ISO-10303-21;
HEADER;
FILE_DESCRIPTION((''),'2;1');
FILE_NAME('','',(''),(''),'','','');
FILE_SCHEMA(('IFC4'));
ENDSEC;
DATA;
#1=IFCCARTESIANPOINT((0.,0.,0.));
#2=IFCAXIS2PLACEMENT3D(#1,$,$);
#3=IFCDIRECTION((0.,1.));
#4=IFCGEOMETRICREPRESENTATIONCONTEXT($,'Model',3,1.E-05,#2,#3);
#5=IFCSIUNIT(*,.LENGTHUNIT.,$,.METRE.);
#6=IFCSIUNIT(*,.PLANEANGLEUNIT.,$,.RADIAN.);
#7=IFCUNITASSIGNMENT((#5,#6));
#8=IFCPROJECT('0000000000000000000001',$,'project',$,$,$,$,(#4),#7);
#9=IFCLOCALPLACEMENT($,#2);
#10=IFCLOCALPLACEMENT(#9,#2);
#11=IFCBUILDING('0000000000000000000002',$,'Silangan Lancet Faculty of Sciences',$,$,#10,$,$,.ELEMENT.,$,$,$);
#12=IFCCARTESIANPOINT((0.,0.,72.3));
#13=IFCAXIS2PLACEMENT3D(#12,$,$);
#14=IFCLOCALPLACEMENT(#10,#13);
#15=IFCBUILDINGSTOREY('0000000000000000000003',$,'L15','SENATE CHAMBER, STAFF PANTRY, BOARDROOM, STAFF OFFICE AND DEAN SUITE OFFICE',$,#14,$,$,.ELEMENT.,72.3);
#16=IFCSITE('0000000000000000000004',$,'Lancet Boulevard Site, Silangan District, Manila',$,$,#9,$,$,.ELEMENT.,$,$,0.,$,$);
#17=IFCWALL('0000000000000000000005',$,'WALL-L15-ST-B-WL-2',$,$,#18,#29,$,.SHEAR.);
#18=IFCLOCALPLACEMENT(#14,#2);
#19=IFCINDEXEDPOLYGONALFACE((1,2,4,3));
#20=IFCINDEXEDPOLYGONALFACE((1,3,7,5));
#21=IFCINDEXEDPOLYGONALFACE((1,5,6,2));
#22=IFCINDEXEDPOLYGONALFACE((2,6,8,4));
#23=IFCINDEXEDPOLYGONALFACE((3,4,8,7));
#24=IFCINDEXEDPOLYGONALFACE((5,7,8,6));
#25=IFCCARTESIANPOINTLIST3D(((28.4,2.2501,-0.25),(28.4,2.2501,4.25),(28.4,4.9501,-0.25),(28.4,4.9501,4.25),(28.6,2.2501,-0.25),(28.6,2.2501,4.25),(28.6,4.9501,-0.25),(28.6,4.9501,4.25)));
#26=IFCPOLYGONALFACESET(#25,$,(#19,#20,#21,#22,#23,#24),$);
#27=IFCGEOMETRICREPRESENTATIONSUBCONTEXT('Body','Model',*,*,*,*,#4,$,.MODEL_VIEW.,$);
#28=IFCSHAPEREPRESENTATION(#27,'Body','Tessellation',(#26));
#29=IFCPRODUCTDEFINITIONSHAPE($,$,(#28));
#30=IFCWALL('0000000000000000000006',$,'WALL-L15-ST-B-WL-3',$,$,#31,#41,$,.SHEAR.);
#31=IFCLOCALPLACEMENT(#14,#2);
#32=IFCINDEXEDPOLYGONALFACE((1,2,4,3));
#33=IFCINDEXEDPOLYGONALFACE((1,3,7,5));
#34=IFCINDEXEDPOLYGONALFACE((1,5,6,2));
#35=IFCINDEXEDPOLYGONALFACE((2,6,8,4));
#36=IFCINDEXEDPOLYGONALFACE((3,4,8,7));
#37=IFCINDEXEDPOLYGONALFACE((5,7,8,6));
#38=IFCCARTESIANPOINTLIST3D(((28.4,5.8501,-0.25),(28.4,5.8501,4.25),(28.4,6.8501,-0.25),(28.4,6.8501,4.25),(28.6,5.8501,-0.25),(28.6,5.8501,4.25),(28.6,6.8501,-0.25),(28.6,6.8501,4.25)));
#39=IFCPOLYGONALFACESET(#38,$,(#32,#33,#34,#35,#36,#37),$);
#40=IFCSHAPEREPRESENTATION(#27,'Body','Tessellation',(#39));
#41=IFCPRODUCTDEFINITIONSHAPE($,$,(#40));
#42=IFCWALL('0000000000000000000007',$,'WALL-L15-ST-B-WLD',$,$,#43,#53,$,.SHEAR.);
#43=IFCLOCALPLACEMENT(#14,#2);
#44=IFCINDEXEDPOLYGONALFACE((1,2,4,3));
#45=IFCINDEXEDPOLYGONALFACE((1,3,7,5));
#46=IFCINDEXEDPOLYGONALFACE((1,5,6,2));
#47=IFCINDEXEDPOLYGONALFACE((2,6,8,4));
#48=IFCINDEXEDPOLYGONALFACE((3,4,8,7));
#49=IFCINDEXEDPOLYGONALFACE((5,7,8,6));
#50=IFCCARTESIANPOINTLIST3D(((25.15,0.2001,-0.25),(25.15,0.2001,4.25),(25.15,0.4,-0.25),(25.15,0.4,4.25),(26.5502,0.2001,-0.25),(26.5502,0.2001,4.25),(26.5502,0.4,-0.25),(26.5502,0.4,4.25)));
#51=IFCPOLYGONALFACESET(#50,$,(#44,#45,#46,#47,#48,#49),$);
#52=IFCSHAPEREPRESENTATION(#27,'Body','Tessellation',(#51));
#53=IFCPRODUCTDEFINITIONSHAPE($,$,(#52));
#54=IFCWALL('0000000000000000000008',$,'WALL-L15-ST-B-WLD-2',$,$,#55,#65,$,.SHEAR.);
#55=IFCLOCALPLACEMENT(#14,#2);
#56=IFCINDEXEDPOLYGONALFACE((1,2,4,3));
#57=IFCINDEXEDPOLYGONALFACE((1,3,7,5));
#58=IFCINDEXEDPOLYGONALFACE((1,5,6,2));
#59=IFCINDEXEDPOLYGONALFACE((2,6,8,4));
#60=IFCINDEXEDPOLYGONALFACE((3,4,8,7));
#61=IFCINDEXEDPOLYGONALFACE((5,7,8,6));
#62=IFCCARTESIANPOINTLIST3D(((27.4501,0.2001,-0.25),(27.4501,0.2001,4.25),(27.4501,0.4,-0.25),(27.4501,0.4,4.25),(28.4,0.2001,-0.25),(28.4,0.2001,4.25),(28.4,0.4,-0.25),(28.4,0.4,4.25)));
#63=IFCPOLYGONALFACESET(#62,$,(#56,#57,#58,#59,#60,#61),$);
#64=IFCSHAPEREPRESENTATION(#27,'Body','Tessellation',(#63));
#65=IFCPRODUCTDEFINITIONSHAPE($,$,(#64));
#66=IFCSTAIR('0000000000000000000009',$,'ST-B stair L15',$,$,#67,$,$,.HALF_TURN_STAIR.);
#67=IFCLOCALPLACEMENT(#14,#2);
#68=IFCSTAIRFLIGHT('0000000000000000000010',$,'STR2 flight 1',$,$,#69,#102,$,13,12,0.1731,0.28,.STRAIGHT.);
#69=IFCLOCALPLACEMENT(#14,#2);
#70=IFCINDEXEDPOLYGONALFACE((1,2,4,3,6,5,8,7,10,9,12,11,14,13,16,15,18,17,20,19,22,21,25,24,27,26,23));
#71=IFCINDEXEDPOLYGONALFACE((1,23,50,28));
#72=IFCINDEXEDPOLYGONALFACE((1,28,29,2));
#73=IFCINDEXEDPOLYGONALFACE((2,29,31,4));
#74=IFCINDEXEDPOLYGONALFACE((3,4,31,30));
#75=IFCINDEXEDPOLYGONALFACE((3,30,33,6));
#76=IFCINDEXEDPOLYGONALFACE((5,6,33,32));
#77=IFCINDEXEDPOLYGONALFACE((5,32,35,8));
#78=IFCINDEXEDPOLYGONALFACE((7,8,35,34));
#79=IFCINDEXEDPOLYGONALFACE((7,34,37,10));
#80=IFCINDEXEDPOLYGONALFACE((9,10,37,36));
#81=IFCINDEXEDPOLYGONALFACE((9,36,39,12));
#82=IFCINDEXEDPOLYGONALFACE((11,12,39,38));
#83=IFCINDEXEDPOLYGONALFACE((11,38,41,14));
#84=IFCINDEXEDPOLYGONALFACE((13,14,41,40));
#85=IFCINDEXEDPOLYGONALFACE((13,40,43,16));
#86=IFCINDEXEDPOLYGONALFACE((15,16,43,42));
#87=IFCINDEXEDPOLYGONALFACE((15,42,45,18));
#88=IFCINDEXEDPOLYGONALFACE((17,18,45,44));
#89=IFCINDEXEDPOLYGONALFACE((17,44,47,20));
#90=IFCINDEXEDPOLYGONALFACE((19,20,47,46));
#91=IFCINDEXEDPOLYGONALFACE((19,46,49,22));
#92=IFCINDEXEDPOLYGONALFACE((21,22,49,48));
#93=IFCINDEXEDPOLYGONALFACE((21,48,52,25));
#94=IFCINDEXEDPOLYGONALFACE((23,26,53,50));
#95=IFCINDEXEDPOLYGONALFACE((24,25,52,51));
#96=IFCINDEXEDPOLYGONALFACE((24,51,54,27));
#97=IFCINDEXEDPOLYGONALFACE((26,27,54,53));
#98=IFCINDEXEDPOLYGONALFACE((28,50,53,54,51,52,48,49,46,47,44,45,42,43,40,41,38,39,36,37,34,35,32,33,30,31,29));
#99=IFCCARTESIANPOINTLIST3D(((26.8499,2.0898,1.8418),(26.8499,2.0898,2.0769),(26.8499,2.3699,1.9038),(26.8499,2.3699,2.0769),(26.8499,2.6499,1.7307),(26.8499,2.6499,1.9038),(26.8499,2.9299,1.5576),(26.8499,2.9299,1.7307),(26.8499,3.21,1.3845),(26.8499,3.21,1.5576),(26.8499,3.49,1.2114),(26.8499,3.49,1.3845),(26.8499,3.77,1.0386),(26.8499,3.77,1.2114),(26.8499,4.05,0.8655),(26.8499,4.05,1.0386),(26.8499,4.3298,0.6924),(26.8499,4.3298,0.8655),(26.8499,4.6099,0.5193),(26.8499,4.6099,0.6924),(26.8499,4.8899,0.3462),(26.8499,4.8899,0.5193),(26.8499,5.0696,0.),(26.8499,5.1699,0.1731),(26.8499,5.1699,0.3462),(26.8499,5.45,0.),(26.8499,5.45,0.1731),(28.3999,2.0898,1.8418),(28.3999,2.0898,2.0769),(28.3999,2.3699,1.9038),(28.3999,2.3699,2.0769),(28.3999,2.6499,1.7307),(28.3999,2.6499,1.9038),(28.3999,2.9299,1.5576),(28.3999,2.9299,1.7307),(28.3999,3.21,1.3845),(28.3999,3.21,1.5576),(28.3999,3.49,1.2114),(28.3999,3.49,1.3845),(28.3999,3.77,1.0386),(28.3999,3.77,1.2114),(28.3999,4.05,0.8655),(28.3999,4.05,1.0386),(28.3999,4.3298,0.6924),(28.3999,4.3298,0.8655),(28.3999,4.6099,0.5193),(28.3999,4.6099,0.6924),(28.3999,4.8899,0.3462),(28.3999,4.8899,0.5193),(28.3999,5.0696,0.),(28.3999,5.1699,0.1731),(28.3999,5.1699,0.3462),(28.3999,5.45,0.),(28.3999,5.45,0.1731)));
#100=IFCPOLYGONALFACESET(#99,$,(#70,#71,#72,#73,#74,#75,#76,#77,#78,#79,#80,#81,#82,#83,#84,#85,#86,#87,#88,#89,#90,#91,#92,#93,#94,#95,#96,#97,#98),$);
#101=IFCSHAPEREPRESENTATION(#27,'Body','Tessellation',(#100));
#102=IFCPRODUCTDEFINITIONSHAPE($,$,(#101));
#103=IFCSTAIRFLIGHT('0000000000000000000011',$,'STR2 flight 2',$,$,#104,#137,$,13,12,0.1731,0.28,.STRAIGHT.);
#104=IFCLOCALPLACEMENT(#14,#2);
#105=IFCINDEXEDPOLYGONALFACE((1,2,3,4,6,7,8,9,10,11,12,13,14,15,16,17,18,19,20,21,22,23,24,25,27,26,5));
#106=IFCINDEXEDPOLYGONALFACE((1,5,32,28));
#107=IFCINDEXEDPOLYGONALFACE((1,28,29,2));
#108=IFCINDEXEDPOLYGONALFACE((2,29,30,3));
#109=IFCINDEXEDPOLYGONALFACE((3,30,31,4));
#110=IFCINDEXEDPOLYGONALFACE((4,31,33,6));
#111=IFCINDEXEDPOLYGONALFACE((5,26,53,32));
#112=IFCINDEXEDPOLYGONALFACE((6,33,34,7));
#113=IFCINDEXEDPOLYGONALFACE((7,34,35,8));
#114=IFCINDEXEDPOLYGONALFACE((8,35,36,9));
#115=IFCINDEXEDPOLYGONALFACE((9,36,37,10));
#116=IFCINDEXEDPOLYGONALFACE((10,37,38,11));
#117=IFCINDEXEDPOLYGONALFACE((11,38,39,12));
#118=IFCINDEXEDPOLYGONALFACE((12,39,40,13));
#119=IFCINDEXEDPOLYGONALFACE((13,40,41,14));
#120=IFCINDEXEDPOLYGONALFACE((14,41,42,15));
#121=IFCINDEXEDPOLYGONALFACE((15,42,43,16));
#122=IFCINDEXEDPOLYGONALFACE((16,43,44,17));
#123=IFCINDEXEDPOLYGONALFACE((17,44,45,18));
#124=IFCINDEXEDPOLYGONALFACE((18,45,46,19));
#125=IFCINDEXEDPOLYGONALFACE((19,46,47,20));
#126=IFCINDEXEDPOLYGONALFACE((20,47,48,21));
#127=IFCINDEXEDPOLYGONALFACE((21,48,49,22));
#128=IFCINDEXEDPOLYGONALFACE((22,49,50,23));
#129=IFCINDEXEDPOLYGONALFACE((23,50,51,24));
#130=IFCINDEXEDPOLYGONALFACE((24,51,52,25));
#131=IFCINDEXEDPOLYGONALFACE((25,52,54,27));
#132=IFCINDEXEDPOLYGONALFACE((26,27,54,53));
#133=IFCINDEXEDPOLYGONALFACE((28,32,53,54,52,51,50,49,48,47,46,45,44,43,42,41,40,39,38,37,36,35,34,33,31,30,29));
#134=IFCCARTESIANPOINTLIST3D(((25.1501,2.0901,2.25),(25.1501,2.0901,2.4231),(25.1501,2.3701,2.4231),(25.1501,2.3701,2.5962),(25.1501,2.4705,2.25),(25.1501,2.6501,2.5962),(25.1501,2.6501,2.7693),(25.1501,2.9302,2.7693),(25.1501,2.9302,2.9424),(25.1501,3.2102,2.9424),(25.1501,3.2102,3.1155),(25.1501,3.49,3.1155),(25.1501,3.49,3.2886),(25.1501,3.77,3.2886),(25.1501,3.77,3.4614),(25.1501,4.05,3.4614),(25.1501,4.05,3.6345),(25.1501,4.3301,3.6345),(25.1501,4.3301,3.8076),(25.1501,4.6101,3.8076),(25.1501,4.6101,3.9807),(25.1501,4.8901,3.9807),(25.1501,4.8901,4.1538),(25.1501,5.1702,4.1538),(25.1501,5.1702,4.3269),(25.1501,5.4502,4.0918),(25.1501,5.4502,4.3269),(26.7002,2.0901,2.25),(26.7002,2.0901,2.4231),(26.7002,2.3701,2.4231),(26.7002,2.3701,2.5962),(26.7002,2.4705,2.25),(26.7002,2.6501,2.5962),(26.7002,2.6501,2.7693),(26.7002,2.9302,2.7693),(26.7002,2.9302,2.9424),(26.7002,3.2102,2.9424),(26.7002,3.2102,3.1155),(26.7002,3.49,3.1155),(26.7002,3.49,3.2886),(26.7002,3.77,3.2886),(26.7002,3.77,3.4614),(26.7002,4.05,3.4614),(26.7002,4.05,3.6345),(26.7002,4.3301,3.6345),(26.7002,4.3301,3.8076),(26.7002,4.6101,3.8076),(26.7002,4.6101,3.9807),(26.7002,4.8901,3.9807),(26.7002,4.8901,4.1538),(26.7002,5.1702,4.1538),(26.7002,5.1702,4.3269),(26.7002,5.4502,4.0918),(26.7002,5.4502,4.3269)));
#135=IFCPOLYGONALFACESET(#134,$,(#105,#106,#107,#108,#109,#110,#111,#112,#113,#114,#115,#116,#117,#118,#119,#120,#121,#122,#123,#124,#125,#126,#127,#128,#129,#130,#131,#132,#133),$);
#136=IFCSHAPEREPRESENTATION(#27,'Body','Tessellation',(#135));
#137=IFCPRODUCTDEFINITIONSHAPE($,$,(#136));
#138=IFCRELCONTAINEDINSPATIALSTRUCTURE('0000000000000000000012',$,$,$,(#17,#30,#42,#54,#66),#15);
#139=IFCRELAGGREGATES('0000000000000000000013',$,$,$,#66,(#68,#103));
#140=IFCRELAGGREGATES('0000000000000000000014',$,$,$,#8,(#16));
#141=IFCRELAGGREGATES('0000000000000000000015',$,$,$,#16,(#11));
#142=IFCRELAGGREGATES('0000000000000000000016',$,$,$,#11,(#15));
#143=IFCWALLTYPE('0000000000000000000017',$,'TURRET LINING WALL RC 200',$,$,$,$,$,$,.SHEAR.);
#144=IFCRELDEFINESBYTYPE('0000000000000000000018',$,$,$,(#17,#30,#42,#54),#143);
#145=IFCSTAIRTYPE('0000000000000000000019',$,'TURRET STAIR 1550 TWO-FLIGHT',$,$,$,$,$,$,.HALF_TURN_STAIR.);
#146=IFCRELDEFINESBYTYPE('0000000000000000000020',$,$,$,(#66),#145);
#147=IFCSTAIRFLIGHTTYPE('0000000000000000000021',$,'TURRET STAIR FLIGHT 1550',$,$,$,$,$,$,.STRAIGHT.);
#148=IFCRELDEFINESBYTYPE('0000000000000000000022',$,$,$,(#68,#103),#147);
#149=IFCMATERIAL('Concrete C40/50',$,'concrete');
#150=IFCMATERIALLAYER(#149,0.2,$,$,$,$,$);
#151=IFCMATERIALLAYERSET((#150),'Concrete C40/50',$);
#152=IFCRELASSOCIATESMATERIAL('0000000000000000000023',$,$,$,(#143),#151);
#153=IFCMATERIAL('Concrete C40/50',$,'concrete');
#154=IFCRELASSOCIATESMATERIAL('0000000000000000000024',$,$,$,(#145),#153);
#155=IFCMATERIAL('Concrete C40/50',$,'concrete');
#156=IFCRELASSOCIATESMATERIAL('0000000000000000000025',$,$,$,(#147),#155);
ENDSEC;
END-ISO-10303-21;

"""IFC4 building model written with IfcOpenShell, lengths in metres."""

from ifc_helpers import new_model, si_unit, direction, frame, frame_2d, origin, place, context, subcontext, project, spatial, polyline, rectangle, outline, extrude, material, layer, layer_set, type_object, element, aggregate, save


model = new_model("IFC4")

# Units and contexts
model_context = context("Model", 3, precision=1e-05, world=origin(), true_north=direction((0.0, 1.0)))
body_context = subcontext(model_context, "Body", "Model", "MODEL_VIEW")
ifc_project = project(units=[si_unit("LENGTHUNIT", "METRE"), si_unit("PLANEANGLEUNIT", "RADIAN")], contexts=[model_context])

# Site, building, storey
site_placement = place(None, origin())
site = spatial("IfcSite", under=ifc_project, at=site_placement, Name="Lancet Boulevard Site, Silangan District, Manila", CompositionType="ELEMENT", RefElevation=0.0)
building_placement = place(site_placement, origin())
building = spatial("IfcBuilding", under=site, at=building_placement, Name="Silangan Lancet Faculty of Sciences", CompositionType="ELEMENT")
storey_placement = place(building_placement, frame((0.0, 0.0, 72.3)))
storey = spatial("IfcBuildingStorey", under=building, at=storey_placement, Name="L15", Description="SENATE CHAMBER, STAFF PANTRY, BOARDROOM, STAFF OFFICE AND DEAN SUITE OFFICE", CompositionType="ELEMENT", Elevation=72.3)

# Walls
ifc_material_1 = material(Name="Concrete C40/50", Category="concrete")
ifc_layer_1 = layer(ifc_material_1, 0.2)
ifc_layer_set_1 = layer_set([ifc_layer_1], Name="Concrete C40/50")
wall_type_1 = type_object("IfcWallType", Name="TURRET LINING WALL RC 200", PredefinedType="SHEAR", material=ifc_layer_set_1)
wall_1_placement = place(storey_placement, frame((28.5, 2.25, -0.25), z_axis=(0.0, 0.0, 1.0), x_axis=(0.0, 1.0, 0.0)))
element("IfcWall", 1, at=wall_1_placement, inside=storey, type_object=wall_type_1, Name="WALL-L15-ST-B-WL-2", PredefinedType="SHEAR", context=body_context, shape_type="SweptSolid", body=[
    extrude(rectangle(XDim=2.7, YDim=0.2, at=frame_2d((1.3501, 0.0))), origin(), (0.0, 0.0, 1.0), 4.5),
])
wall_2_placement = place(storey_placement, frame((28.5, 5.8501, -0.25), z_axis=(0.0, 0.0, 1.0), x_axis=(0.0, 1.0, 0.0)))
element("IfcWall", 2, at=wall_2_placement, inside=storey, type_object=wall_type_1, Name="WALL-L15-ST-B-WL-3", PredefinedType="SHEAR", context=body_context, shape_type="SweptSolid", body=[
    extrude(rectangle(XDim=1.0, YDim=0.2, at=frame_2d((0.5, 0.0))), origin(), (0.0, 0.0, 1.0), 4.5),
])
wall_3_placement = place(storey_placement, frame((25.1499, 0.3, -0.25), z_axis=(0.0, 0.0, 1.0), x_axis=(1.0, 0.0, 0.0)))
element("IfcWall", 3, at=wall_3_placement, inside=storey, type_object=wall_type_1, Name="WALL-L15-ST-B-WLD", PredefinedType="SHEAR", context=body_context, shape_type="SweptSolid", body=[
    extrude(rectangle(XDim=1.4001, YDim=0.2, at=frame_2d((0.7002, 0.0))), origin(), (0.0, 0.0, 1.0), 4.5),
])
wall_4_placement = place(storey_placement, frame((27.45, 0.3, -0.25), z_axis=(0.0, 0.0, 1.0), x_axis=(1.0, 0.0, 0.0)))
element("IfcWall", 4, at=wall_4_placement, inside=storey, type_object=wall_type_1, Name="WALL-L15-ST-B-WLD-2", PredefinedType="SHEAR", context=body_context, shape_type="SweptSolid", body=[
    extrude(rectangle(XDim=0.95, YDim=0.2, at=frame_2d((0.4751, 0.0))), origin(), (0.0, 0.0, 1.0), 4.5),
])

# Stair, stair flights
ifc_material_2 = material(Name="Concrete C40/50", Category="concrete")
stair_type = type_object("IfcStairType", Name="TURRET STAIR 1550 TWO-FLIGHT", PredefinedType="HALF_TURN_STAIR", material=ifc_material_2)
stair_placement = place(storey_placement, origin())
stair = element("IfcStair", 5, at=stair_placement, inside=storey, type_object=stair_type, Name="ST-B stair L15", PredefinedType="HALF_TURN_STAIR")
ifc_material_3 = material(Name="Concrete C40/50", Category="concrete")
stair_flight_type = type_object("IfcStairFlightType", Name="TURRET STAIR FLIGHT 1550", PredefinedType="STRAIGHT", material=ifc_material_3)
stair_flight_1_placement = place(storey_placement, frame((27.625, 5.45, 0.0), z_axis=(0.0, 0.0, 1.0), x_axis=(0.0, -1.0, 0.0)))
stair_flight_1 = element("IfcStairFlight", 6, at=stair_flight_1_placement, type_object=stair_flight_type, Name="STR2 flight 1", NumberOfRisers=13, NumberOfTreads=12, PredefinedType="STRAIGHT", RiserHeight=0.1731, TreadLength=0.28, context=body_context, shape_type="SweptSolid", body=[
    extrude(outline(polyline([(0.0, 0.0), (0.0, 0.1731), (0.28, 0.1731), (0.28, 0.3462), (0.5601, 0.3462), (0.5601, 0.5193), (0.8401, 0.5193), (0.8401, 0.6924), (1.1201, 0.6924), (1.1201, 0.8655), (1.3999, 0.8655), (1.3999, 1.0386), (1.6799, 1.0386), (1.6799, 1.2114), (1.96, 1.2114), (1.96, 1.3845), (2.24, 1.3845), (2.24, 1.5576), (2.52, 1.5576), (2.52, 1.7307), (2.8, 1.7307), (2.8, 1.9038), (3.0801, 1.9038), (3.0801, 2.0769), (3.3601, 2.0769), (3.3601, 2.25), (3.3601, 1.8418), (0.3804, 0.0), (0.0, 0.0)])), frame((0.0, 0.7749, 0.0), z_axis=(0.0, -1.0, 0.0), x_axis=(1.0, 0.0, 0.0)), (0.0, 0.0, 1.0), 1.55),
])
stair_flight_2_placement = place(storey_placement, frame((25.925, 2.0901, 2.25), z_axis=(0.0, 0.0, 1.0), x_axis=(0.0, 1.0, 0.0)))
stair_flight_2 = element("IfcStairFlight", 7, at=stair_flight_2_placement, type_object=stair_flight_type, Name="STR2 flight 2", NumberOfRisers=13, NumberOfTreads=12, PredefinedType="STRAIGHT", RiserHeight=0.1731, TreadLength=0.28, context=body_context, shape_type="SweptSolid", body=[
    extrude(outline(polyline([(0.0, 0.0), (0.0, 0.1731), (0.28, 0.1731), (0.28, 0.3462), (0.5601, 0.3462), (0.5601, 0.5193), (0.8401, 0.5193), (0.8401, 0.6924), (1.1201, 0.6924), (1.1201, 0.8655), (1.3999, 0.8655), (1.3999, 1.0386), (1.6799, 1.0386), (1.6799, 1.2114), (1.96, 1.2114), (1.96, 1.3845), (2.24, 1.3845), (2.24, 1.5576), (2.52, 1.5576), (2.52, 1.7307), (2.8, 1.7307), (2.8, 1.9038), (3.0801, 1.9038), (3.0801, 2.0769), (3.3601, 2.0769), (3.3601, 2.25), (3.3601, 1.8418), (0.3804, 0.0), (0.0, 0.0)])), frame((0.0, 0.7749, 0.0), z_axis=(0.0, -1.0, 0.0), x_axis=(1.0, 0.0, 0.0)), (0.0, 0.0, 1.0), 1.55),
])
aggregate(stair, [stair_flight_1, stair_flight_2])

save(model, "model.ifc")
